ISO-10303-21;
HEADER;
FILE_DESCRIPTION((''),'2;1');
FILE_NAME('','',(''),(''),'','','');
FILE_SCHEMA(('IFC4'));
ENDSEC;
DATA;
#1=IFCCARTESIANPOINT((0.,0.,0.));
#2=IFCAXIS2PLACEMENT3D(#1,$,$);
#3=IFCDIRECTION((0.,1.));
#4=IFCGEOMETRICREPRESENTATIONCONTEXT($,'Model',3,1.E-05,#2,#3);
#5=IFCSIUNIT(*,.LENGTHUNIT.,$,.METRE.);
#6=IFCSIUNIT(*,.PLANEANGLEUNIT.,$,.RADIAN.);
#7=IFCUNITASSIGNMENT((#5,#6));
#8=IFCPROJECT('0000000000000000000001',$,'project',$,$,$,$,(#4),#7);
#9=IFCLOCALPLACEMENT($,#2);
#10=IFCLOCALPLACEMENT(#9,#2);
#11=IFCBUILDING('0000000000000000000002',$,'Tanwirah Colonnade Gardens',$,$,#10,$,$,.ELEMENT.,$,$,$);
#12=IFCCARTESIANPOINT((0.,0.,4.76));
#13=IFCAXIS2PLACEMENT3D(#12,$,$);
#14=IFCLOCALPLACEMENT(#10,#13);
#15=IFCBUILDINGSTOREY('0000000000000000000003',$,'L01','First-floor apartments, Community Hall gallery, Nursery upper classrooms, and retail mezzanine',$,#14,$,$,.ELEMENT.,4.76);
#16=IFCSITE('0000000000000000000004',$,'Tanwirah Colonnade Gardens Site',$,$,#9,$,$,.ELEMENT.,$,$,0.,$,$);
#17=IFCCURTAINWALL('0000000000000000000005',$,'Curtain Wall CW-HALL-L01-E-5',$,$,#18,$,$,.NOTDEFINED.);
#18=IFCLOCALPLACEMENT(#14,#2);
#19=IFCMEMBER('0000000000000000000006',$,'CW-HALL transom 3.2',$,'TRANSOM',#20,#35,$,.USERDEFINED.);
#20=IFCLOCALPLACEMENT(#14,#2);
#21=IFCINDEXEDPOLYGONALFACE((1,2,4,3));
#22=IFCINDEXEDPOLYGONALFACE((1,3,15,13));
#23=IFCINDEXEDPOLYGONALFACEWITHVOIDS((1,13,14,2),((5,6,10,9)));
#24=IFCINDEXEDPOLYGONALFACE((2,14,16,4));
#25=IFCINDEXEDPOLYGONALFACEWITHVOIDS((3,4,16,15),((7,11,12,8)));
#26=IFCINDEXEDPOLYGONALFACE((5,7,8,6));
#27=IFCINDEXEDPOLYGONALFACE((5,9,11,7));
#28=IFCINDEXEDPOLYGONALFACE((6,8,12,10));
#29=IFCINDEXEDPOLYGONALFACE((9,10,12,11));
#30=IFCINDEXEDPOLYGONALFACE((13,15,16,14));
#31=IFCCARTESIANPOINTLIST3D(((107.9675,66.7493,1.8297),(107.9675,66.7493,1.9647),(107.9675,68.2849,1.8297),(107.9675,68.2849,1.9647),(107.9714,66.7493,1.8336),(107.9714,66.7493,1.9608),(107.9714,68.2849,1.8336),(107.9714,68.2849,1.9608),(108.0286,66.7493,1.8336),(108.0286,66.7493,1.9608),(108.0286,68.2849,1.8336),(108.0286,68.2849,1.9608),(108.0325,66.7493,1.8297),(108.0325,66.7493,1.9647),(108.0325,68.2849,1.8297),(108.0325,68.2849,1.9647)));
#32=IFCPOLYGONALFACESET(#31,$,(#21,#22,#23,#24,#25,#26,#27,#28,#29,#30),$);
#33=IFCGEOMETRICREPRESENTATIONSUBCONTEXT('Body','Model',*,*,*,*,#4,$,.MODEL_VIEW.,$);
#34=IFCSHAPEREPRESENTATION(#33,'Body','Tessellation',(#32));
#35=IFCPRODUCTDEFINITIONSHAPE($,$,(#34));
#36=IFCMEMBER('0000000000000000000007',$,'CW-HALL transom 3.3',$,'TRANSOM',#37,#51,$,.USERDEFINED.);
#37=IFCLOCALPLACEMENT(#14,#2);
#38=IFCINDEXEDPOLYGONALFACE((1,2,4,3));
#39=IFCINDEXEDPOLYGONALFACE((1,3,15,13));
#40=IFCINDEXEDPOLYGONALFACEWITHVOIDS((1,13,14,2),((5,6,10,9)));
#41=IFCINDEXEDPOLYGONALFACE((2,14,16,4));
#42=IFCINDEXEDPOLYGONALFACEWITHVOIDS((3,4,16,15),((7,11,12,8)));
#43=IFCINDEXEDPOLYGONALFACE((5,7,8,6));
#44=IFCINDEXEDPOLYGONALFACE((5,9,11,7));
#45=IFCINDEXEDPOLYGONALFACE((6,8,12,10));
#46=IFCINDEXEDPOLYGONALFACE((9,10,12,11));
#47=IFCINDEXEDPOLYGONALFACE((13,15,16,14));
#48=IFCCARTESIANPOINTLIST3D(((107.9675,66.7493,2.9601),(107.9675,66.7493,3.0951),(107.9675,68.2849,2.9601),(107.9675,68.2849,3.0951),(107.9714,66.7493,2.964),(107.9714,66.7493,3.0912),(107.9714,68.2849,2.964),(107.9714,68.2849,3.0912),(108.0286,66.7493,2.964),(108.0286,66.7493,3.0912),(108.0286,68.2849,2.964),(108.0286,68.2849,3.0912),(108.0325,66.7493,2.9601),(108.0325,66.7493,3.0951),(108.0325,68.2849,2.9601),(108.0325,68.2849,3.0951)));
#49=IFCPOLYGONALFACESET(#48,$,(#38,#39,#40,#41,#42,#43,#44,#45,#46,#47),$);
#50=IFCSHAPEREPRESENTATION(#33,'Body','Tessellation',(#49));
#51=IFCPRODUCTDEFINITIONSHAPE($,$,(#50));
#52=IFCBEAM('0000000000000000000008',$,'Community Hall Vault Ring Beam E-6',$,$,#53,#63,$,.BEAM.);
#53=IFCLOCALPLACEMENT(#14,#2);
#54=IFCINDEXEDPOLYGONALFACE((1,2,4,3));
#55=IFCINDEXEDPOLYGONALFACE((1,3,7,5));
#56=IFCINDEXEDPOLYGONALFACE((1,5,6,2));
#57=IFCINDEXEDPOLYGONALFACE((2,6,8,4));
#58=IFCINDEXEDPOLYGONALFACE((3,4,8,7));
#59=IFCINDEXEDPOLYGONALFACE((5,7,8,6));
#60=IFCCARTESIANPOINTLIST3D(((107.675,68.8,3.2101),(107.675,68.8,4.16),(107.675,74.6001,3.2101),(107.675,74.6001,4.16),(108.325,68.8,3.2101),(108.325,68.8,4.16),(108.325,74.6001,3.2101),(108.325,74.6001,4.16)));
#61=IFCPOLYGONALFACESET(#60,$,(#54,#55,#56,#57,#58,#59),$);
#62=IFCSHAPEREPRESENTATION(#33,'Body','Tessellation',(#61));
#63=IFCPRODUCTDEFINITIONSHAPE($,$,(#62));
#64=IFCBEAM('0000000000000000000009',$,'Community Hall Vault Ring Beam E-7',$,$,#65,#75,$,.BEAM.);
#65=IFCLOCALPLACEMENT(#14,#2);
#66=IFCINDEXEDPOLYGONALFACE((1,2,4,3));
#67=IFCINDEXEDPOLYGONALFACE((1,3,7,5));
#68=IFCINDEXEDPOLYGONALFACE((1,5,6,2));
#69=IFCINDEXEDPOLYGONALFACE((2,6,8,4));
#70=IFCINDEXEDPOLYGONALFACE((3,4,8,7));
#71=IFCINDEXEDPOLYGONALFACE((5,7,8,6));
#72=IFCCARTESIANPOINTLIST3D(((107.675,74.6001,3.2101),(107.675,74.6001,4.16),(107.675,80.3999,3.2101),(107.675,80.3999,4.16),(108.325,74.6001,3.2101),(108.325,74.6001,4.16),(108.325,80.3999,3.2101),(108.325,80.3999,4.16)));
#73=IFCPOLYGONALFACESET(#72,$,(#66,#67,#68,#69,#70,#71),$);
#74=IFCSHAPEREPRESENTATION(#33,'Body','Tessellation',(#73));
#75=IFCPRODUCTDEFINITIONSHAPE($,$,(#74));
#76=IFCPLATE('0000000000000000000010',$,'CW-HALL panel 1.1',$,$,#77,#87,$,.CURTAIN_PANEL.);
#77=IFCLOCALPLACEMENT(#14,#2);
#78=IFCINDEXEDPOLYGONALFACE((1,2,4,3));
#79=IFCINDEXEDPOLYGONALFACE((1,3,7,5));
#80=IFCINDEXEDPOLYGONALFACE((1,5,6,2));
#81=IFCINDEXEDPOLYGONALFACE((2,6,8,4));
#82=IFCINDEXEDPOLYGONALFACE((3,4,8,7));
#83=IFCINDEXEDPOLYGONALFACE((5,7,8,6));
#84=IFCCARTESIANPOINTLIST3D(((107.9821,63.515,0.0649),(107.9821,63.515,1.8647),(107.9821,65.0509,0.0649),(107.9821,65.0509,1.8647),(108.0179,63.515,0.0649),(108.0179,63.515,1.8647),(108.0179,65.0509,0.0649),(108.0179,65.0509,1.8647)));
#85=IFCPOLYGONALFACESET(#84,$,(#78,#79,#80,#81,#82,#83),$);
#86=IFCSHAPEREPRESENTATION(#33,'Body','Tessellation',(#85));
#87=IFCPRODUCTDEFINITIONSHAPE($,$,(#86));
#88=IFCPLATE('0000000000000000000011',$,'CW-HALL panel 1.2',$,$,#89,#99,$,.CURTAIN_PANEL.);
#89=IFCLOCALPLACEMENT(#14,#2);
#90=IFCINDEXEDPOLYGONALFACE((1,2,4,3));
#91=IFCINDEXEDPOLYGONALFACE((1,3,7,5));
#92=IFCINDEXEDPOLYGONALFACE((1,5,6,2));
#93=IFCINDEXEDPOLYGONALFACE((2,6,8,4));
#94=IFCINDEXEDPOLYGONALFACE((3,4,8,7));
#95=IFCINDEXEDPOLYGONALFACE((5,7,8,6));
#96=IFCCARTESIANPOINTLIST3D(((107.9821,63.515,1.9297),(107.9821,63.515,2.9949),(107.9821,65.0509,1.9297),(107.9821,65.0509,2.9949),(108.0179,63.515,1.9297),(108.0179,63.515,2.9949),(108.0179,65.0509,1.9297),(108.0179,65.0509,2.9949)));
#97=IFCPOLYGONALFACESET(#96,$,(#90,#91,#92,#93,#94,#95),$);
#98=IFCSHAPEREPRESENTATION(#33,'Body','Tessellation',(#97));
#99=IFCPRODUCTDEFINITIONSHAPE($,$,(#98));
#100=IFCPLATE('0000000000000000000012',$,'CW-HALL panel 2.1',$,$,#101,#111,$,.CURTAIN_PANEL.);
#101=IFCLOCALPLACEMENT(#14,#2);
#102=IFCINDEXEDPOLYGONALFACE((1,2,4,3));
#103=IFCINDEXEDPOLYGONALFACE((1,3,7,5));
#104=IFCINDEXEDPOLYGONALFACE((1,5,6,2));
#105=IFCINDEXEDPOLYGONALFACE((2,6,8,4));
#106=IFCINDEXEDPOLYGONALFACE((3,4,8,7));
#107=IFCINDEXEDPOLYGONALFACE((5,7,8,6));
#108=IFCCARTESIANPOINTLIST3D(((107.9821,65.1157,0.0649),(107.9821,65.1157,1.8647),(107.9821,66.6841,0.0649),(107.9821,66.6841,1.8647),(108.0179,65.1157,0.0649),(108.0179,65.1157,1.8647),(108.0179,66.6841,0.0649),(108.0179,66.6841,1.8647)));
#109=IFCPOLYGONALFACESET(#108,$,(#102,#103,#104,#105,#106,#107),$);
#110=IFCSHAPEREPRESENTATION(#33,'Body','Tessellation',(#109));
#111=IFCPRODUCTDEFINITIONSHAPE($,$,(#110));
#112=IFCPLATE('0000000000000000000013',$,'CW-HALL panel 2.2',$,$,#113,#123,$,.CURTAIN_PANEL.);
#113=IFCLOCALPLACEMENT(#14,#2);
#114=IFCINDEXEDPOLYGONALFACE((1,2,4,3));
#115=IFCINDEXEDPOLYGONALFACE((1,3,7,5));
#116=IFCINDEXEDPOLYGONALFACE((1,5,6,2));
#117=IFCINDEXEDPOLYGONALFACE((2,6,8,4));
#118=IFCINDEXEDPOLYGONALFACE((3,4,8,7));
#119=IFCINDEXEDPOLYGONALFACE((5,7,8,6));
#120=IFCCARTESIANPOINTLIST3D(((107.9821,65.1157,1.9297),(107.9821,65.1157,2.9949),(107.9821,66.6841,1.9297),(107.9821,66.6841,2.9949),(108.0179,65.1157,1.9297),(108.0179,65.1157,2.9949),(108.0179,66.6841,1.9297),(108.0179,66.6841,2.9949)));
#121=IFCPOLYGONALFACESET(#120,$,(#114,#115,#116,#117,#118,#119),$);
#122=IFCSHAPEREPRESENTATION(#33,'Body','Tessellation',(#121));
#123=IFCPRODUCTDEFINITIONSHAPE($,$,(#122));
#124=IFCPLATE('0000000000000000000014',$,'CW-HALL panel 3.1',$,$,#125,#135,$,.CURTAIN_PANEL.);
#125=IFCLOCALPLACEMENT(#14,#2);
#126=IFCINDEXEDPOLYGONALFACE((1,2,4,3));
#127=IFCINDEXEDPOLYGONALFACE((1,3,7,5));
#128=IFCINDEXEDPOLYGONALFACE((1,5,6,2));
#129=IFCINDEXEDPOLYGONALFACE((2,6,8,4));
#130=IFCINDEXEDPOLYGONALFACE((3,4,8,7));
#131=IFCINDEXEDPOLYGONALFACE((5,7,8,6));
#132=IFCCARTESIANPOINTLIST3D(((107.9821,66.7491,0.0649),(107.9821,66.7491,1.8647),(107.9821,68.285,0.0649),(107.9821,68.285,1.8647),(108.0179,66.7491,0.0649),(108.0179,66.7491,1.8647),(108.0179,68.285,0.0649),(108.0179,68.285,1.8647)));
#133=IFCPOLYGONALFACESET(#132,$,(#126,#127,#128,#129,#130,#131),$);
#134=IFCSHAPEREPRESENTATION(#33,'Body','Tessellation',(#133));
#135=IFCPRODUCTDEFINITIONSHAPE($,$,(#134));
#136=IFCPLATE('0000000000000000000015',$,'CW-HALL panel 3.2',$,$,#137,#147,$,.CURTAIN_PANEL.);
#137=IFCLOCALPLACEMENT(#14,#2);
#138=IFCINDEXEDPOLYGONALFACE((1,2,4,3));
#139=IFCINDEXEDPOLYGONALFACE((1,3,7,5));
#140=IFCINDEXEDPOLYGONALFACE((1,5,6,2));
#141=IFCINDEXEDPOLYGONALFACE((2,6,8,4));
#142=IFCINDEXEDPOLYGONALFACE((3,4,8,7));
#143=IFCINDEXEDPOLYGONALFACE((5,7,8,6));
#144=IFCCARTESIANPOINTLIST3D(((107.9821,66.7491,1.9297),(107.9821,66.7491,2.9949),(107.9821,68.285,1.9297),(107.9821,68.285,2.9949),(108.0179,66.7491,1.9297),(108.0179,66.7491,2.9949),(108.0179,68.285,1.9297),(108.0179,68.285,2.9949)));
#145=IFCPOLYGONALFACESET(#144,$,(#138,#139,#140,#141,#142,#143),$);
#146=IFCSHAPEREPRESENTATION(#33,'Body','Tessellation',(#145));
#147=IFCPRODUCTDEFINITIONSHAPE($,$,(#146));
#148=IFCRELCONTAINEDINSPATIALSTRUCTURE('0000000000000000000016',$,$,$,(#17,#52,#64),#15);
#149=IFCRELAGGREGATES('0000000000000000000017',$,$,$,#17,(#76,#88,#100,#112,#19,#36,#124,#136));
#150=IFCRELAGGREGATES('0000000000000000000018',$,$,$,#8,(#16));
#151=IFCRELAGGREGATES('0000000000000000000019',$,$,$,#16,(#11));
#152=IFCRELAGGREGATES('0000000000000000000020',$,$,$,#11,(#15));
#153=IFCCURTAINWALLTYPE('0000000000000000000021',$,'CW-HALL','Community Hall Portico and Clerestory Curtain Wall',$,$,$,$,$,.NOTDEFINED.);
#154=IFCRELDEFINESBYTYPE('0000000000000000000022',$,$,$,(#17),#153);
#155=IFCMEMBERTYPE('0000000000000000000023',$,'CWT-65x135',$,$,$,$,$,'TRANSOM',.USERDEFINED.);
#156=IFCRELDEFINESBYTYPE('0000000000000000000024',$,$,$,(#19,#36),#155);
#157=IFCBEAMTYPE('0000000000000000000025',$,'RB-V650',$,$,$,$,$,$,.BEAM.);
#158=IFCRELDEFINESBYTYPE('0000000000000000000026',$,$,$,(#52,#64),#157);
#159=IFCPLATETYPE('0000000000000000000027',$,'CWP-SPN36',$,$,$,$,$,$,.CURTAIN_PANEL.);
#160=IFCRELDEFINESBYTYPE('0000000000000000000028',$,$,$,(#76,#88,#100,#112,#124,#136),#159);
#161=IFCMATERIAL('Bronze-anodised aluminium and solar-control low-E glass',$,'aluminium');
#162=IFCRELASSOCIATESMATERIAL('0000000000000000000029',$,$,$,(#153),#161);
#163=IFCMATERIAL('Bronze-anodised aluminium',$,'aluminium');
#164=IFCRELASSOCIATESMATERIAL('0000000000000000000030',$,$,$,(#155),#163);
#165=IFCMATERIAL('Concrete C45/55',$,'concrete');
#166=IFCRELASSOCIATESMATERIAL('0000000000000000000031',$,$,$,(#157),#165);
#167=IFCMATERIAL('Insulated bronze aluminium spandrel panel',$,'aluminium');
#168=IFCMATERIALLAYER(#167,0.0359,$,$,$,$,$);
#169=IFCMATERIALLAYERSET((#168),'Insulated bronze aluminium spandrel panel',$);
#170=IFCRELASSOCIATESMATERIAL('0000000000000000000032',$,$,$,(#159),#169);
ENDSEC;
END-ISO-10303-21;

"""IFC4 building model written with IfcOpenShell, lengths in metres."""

from ifc_helpers import new_model, si_unit, direction, frame, origin, origin_2d, place, context, subcontext, project, spatial, rectangle, hollow_rectangle, extrude, material, layer, layer_set, material_profile, profile_set, type_object, element, aggregate, save


model = new_model("IFC4")

# Units and contexts
model_context = context("Model", 3, precision=1e-05, world=origin(), true_north=direction((0.0, 1.0)))
body_context = subcontext(model_context, "Body", "Model", "MODEL_VIEW")
ifc_project = project(units=[si_unit("LENGTHUNIT", "METRE"), si_unit("PLANEANGLEUNIT", "RADIAN")], contexts=[model_context])

# Site, building, storey
site_placement = place(None, origin())
site = spatial("IfcSite", under=ifc_project, at=site_placement, Name="Tanwirah Colonnade Gardens Site", CompositionType="ELEMENT", RefElevation=0.0)
building_placement = place(site_placement, origin())
building = spatial("IfcBuilding", under=site, at=building_placement, Name="Tanwirah Colonnade Gardens", CompositionType="ELEMENT")
storey_placement = place(building_placement, frame((0.0, 0.0, 4.76)))
storey = spatial("IfcBuildingStorey", under=building, at=storey_placement, Name="L01", Description="First-floor apartments, Community Hall gallery, Nursery upper classrooms, and retail mezzanine", CompositionType="ELEMENT", Elevation=4.76)

# Shared definitions
ifc_material_1 = material(Name="Concrete C45/55", Category="concrete")

# Curtain wall, members
ifc_material_2 = material(Name="Bronze-anodised aluminium and solar-control low-E glass", Category="aluminium")
curtain_wall_type = type_object("IfcCurtainWallType", Name="CW-HALL", Description="Community Hall Portico and Clerestory Curtain Wall", PredefinedType="NOTDEFINED", material=ifc_material_2)
curtain_wall_placement = place(storey_placement, origin())
curtain_wall = element("IfcCurtainWall", 1, at=curtain_wall_placement, inside=storey, type_object=curtain_wall_type, Name="Curtain Wall CW-HALL-L01-E-5", PredefinedType="NOTDEFINED")
ifc_material_3 = material(Name="Bronze-anodised aluminium", Category="aluminium")
ifc_material_profile_1 = material_profile(ifc_material_3, hollow_rectangle(XDim=0.0649, YDim=0.135, WallThickness=0.0039, at=origin_2d()), Name="CW-TRN 65x135x4")
ifc_profile_set_1 = profile_set([ifc_material_profile_1], Name="Bronze-anodised aluminium")
member_type_1 = type_object("IfcMemberType", Name="CWT-65x135", ElementType="TRANSOM", PredefinedType="USERDEFINED", material=ifc_profile_set_1)
member_1_placement = place(storey_placement, frame((108.0, 66.7493, 1.8972), z_axis=(0.0, 1.0, 0.0), x_axis=(-1.0, 0.0, 0.0)))
member_1 = element("IfcMember", 2, at=member_1_placement, type_object=member_type_1, Name="CW-HALL transom 3.2", ObjectType="TRANSOM", PredefinedType="USERDEFINED", context=body_context, shape_type="SweptSolid", body=[
    extrude(hollow_rectangle(XDim=0.0649, YDim=0.135, WallThickness=0.0039, at=origin_2d()), origin(), (0.0, 0.0, 1.0), 1.5356),
])
member_2_placement = place(storey_placement, frame((108.0, 66.7493, 3.0276), z_axis=(0.0, 1.0, 0.0), x_axis=(-1.0, 0.0, 0.0)))
member_2 = element("IfcMember", 3, at=member_2_placement, type_object=member_type_1, Name="CW-HALL transom 3.3", ObjectType="TRANSOM", PredefinedType="USERDEFINED", context=body_context, shape_type="SweptSolid", body=[
    extrude(hollow_rectangle(XDim=0.0649, YDim=0.135, WallThickness=0.0039, at=origin_2d()), origin(), (0.0, 0.0, 1.0), 1.5356),
])

# Beams
ifc_material_profile_2 = material_profile(ifc_material_1, rectangle(XDim=0.6499, YDim=0.95, at=origin_2d()), Name="RC-RB 650x950")
ifc_profile_set_2 = profile_set([ifc_material_profile_2], Name="Concrete C45/55")
beam_type = type_object("IfcBeamType", Name="RB-V650", PredefinedType="BEAM", material=ifc_profile_set_2)
beam_1_placement = place(storey_placement, frame((108.0, 68.8, 3.6851), z_axis=(0.0, 1.0, 0.0), x_axis=(-1.0, 0.0, 0.0)))
element("IfcBeam", 4, at=beam_1_placement, inside=storey, type_object=beam_type, Name="Community Hall Vault Ring Beam E-6", PredefinedType="BEAM", context=body_context, shape_type="SweptSolid", body=[
    extrude(rectangle(XDim=0.6499, YDim=0.95, at=origin_2d()), origin(), (0.0, 0.0, 1.0), 5.8),
])
beam_2_placement = place(storey_placement, frame((108.0, 74.6001, 3.6851), z_axis=(0.0, 1.0, 0.0), x_axis=(-1.0, 0.0, 0.0)))
element("IfcBeam", 5, at=beam_2_placement, inside=storey, type_object=beam_type, Name="Community Hall Vault Ring Beam E-7", PredefinedType="BEAM", context=body_context, shape_type="SweptSolid", body=[
    extrude(rectangle(XDim=0.6499, YDim=0.95, at=origin_2d()), origin(), (0.0, 0.0, 1.0), 5.7998),
])

# Plates
ifc_material_4 = material(Name="Insulated bronze aluminium spandrel panel", Category="aluminium")
ifc_layer = layer(ifc_material_4, 0.0359)
ifc_layer_set = layer_set([ifc_layer], Name="Insulated bronze aluminium spandrel panel")
plate_type = type_object("IfcPlateType", Name="CWP-SPN36", PredefinedType="CURTAIN_PANEL", material=ifc_layer_set)
plate_1_placement = place(storey_placement, frame((108.0, 64.283, 0.0649), z_axis=(0.0, 0.0, 1.0), x_axis=(0.0, 1.0, 0.0)))
plate_1 = element("IfcPlate", 6, at=plate_1_placement, type_object=plate_type, Name="CW-HALL panel 1.1", PredefinedType="CURTAIN_PANEL", context=body_context, shape_type="SweptSolid", body=[
    extrude(rectangle(XDim=1.5359, YDim=0.0359, at=origin_2d()), origin(), (0.0, 0.0, 1.0), 1.7998),
])
plate_2_placement = place(storey_placement, frame((108.0, 64.283, 1.9297), z_axis=(0.0, 0.0, 1.0), x_axis=(0.0, 1.0, 0.0)))
plate_2 = element("IfcPlate", 7, at=plate_2_placement, type_object=plate_type, Name="CW-HALL panel 1.2", PredefinedType="CURTAIN_PANEL", context=body_context, shape_type="SweptSolid", body=[
    extrude(rectangle(XDim=1.5359, YDim=0.0359, at=origin_2d()), origin(), (0.0, 0.0, 1.0), 1.0652),
])
plate_3_placement = place(storey_placement, frame((108.0, 65.8999, 0.0649), z_axis=(0.0, 0.0, 1.0), x_axis=(0.0, 1.0, 0.0)))
plate_3 = element("IfcPlate", 8, at=plate_3_placement, type_object=plate_type, Name="CW-HALL panel 2.1", PredefinedType="CURTAIN_PANEL", context=body_context, shape_type="SweptSolid", body=[
    extrude(rectangle(XDim=1.5684, YDim=0.0359, at=origin_2d()), origin(), (0.0, 0.0, 1.0), 1.7998),
])
plate_4_placement = place(storey_placement, frame((108.0, 65.8999, 1.9297), z_axis=(0.0, 0.0, 1.0), x_axis=(0.0, 1.0, 0.0)))
plate_4 = element("IfcPlate", 9, at=plate_4_placement, type_object=plate_type, Name="CW-HALL panel 2.2", PredefinedType="CURTAIN_PANEL", context=body_context, shape_type="SweptSolid", body=[
    extrude(rectangle(XDim=1.5684, YDim=0.0359, at=origin_2d()), origin(), (0.0, 0.0, 1.0), 1.0652),
])
plate_5_placement = place(storey_placement, frame((108.0, 67.5171, 0.0649), z_axis=(0.0, 0.0, 1.0), x_axis=(0.0, 1.0, 0.0)))
plate_5 = element("IfcPlate", 10, at=plate_5_placement, type_object=plate_type, Name="CW-HALL panel 3.1", PredefinedType="CURTAIN_PANEL", context=body_context, shape_type="SweptSolid", body=[
    extrude(rectangle(XDim=1.5359, YDim=0.0359, at=origin_2d()), origin(), (0.0, 0.0, 1.0), 1.7998),
])
plate_6_placement = place(storey_placement, frame((108.0, 67.5171, 1.9297), z_axis=(0.0, 0.0, 1.0), x_axis=(0.0, 1.0, 0.0)))
plate_6 = element("IfcPlate", 11, at=plate_6_placement, type_object=plate_type, Name="CW-HALL panel 3.2", PredefinedType="CURTAIN_PANEL", context=body_context, shape_type="SweptSolid", body=[
    extrude(rectangle(XDim=1.5359, YDim=0.0359, at=origin_2d()), origin(), (0.0, 0.0, 1.0), 1.0652),
])
aggregate(curtain_wall, [plate_1, plate_2, plate_3, plate_4, member_1, member_2, plate_5, plate_6])

save(model, "model.ifc")
